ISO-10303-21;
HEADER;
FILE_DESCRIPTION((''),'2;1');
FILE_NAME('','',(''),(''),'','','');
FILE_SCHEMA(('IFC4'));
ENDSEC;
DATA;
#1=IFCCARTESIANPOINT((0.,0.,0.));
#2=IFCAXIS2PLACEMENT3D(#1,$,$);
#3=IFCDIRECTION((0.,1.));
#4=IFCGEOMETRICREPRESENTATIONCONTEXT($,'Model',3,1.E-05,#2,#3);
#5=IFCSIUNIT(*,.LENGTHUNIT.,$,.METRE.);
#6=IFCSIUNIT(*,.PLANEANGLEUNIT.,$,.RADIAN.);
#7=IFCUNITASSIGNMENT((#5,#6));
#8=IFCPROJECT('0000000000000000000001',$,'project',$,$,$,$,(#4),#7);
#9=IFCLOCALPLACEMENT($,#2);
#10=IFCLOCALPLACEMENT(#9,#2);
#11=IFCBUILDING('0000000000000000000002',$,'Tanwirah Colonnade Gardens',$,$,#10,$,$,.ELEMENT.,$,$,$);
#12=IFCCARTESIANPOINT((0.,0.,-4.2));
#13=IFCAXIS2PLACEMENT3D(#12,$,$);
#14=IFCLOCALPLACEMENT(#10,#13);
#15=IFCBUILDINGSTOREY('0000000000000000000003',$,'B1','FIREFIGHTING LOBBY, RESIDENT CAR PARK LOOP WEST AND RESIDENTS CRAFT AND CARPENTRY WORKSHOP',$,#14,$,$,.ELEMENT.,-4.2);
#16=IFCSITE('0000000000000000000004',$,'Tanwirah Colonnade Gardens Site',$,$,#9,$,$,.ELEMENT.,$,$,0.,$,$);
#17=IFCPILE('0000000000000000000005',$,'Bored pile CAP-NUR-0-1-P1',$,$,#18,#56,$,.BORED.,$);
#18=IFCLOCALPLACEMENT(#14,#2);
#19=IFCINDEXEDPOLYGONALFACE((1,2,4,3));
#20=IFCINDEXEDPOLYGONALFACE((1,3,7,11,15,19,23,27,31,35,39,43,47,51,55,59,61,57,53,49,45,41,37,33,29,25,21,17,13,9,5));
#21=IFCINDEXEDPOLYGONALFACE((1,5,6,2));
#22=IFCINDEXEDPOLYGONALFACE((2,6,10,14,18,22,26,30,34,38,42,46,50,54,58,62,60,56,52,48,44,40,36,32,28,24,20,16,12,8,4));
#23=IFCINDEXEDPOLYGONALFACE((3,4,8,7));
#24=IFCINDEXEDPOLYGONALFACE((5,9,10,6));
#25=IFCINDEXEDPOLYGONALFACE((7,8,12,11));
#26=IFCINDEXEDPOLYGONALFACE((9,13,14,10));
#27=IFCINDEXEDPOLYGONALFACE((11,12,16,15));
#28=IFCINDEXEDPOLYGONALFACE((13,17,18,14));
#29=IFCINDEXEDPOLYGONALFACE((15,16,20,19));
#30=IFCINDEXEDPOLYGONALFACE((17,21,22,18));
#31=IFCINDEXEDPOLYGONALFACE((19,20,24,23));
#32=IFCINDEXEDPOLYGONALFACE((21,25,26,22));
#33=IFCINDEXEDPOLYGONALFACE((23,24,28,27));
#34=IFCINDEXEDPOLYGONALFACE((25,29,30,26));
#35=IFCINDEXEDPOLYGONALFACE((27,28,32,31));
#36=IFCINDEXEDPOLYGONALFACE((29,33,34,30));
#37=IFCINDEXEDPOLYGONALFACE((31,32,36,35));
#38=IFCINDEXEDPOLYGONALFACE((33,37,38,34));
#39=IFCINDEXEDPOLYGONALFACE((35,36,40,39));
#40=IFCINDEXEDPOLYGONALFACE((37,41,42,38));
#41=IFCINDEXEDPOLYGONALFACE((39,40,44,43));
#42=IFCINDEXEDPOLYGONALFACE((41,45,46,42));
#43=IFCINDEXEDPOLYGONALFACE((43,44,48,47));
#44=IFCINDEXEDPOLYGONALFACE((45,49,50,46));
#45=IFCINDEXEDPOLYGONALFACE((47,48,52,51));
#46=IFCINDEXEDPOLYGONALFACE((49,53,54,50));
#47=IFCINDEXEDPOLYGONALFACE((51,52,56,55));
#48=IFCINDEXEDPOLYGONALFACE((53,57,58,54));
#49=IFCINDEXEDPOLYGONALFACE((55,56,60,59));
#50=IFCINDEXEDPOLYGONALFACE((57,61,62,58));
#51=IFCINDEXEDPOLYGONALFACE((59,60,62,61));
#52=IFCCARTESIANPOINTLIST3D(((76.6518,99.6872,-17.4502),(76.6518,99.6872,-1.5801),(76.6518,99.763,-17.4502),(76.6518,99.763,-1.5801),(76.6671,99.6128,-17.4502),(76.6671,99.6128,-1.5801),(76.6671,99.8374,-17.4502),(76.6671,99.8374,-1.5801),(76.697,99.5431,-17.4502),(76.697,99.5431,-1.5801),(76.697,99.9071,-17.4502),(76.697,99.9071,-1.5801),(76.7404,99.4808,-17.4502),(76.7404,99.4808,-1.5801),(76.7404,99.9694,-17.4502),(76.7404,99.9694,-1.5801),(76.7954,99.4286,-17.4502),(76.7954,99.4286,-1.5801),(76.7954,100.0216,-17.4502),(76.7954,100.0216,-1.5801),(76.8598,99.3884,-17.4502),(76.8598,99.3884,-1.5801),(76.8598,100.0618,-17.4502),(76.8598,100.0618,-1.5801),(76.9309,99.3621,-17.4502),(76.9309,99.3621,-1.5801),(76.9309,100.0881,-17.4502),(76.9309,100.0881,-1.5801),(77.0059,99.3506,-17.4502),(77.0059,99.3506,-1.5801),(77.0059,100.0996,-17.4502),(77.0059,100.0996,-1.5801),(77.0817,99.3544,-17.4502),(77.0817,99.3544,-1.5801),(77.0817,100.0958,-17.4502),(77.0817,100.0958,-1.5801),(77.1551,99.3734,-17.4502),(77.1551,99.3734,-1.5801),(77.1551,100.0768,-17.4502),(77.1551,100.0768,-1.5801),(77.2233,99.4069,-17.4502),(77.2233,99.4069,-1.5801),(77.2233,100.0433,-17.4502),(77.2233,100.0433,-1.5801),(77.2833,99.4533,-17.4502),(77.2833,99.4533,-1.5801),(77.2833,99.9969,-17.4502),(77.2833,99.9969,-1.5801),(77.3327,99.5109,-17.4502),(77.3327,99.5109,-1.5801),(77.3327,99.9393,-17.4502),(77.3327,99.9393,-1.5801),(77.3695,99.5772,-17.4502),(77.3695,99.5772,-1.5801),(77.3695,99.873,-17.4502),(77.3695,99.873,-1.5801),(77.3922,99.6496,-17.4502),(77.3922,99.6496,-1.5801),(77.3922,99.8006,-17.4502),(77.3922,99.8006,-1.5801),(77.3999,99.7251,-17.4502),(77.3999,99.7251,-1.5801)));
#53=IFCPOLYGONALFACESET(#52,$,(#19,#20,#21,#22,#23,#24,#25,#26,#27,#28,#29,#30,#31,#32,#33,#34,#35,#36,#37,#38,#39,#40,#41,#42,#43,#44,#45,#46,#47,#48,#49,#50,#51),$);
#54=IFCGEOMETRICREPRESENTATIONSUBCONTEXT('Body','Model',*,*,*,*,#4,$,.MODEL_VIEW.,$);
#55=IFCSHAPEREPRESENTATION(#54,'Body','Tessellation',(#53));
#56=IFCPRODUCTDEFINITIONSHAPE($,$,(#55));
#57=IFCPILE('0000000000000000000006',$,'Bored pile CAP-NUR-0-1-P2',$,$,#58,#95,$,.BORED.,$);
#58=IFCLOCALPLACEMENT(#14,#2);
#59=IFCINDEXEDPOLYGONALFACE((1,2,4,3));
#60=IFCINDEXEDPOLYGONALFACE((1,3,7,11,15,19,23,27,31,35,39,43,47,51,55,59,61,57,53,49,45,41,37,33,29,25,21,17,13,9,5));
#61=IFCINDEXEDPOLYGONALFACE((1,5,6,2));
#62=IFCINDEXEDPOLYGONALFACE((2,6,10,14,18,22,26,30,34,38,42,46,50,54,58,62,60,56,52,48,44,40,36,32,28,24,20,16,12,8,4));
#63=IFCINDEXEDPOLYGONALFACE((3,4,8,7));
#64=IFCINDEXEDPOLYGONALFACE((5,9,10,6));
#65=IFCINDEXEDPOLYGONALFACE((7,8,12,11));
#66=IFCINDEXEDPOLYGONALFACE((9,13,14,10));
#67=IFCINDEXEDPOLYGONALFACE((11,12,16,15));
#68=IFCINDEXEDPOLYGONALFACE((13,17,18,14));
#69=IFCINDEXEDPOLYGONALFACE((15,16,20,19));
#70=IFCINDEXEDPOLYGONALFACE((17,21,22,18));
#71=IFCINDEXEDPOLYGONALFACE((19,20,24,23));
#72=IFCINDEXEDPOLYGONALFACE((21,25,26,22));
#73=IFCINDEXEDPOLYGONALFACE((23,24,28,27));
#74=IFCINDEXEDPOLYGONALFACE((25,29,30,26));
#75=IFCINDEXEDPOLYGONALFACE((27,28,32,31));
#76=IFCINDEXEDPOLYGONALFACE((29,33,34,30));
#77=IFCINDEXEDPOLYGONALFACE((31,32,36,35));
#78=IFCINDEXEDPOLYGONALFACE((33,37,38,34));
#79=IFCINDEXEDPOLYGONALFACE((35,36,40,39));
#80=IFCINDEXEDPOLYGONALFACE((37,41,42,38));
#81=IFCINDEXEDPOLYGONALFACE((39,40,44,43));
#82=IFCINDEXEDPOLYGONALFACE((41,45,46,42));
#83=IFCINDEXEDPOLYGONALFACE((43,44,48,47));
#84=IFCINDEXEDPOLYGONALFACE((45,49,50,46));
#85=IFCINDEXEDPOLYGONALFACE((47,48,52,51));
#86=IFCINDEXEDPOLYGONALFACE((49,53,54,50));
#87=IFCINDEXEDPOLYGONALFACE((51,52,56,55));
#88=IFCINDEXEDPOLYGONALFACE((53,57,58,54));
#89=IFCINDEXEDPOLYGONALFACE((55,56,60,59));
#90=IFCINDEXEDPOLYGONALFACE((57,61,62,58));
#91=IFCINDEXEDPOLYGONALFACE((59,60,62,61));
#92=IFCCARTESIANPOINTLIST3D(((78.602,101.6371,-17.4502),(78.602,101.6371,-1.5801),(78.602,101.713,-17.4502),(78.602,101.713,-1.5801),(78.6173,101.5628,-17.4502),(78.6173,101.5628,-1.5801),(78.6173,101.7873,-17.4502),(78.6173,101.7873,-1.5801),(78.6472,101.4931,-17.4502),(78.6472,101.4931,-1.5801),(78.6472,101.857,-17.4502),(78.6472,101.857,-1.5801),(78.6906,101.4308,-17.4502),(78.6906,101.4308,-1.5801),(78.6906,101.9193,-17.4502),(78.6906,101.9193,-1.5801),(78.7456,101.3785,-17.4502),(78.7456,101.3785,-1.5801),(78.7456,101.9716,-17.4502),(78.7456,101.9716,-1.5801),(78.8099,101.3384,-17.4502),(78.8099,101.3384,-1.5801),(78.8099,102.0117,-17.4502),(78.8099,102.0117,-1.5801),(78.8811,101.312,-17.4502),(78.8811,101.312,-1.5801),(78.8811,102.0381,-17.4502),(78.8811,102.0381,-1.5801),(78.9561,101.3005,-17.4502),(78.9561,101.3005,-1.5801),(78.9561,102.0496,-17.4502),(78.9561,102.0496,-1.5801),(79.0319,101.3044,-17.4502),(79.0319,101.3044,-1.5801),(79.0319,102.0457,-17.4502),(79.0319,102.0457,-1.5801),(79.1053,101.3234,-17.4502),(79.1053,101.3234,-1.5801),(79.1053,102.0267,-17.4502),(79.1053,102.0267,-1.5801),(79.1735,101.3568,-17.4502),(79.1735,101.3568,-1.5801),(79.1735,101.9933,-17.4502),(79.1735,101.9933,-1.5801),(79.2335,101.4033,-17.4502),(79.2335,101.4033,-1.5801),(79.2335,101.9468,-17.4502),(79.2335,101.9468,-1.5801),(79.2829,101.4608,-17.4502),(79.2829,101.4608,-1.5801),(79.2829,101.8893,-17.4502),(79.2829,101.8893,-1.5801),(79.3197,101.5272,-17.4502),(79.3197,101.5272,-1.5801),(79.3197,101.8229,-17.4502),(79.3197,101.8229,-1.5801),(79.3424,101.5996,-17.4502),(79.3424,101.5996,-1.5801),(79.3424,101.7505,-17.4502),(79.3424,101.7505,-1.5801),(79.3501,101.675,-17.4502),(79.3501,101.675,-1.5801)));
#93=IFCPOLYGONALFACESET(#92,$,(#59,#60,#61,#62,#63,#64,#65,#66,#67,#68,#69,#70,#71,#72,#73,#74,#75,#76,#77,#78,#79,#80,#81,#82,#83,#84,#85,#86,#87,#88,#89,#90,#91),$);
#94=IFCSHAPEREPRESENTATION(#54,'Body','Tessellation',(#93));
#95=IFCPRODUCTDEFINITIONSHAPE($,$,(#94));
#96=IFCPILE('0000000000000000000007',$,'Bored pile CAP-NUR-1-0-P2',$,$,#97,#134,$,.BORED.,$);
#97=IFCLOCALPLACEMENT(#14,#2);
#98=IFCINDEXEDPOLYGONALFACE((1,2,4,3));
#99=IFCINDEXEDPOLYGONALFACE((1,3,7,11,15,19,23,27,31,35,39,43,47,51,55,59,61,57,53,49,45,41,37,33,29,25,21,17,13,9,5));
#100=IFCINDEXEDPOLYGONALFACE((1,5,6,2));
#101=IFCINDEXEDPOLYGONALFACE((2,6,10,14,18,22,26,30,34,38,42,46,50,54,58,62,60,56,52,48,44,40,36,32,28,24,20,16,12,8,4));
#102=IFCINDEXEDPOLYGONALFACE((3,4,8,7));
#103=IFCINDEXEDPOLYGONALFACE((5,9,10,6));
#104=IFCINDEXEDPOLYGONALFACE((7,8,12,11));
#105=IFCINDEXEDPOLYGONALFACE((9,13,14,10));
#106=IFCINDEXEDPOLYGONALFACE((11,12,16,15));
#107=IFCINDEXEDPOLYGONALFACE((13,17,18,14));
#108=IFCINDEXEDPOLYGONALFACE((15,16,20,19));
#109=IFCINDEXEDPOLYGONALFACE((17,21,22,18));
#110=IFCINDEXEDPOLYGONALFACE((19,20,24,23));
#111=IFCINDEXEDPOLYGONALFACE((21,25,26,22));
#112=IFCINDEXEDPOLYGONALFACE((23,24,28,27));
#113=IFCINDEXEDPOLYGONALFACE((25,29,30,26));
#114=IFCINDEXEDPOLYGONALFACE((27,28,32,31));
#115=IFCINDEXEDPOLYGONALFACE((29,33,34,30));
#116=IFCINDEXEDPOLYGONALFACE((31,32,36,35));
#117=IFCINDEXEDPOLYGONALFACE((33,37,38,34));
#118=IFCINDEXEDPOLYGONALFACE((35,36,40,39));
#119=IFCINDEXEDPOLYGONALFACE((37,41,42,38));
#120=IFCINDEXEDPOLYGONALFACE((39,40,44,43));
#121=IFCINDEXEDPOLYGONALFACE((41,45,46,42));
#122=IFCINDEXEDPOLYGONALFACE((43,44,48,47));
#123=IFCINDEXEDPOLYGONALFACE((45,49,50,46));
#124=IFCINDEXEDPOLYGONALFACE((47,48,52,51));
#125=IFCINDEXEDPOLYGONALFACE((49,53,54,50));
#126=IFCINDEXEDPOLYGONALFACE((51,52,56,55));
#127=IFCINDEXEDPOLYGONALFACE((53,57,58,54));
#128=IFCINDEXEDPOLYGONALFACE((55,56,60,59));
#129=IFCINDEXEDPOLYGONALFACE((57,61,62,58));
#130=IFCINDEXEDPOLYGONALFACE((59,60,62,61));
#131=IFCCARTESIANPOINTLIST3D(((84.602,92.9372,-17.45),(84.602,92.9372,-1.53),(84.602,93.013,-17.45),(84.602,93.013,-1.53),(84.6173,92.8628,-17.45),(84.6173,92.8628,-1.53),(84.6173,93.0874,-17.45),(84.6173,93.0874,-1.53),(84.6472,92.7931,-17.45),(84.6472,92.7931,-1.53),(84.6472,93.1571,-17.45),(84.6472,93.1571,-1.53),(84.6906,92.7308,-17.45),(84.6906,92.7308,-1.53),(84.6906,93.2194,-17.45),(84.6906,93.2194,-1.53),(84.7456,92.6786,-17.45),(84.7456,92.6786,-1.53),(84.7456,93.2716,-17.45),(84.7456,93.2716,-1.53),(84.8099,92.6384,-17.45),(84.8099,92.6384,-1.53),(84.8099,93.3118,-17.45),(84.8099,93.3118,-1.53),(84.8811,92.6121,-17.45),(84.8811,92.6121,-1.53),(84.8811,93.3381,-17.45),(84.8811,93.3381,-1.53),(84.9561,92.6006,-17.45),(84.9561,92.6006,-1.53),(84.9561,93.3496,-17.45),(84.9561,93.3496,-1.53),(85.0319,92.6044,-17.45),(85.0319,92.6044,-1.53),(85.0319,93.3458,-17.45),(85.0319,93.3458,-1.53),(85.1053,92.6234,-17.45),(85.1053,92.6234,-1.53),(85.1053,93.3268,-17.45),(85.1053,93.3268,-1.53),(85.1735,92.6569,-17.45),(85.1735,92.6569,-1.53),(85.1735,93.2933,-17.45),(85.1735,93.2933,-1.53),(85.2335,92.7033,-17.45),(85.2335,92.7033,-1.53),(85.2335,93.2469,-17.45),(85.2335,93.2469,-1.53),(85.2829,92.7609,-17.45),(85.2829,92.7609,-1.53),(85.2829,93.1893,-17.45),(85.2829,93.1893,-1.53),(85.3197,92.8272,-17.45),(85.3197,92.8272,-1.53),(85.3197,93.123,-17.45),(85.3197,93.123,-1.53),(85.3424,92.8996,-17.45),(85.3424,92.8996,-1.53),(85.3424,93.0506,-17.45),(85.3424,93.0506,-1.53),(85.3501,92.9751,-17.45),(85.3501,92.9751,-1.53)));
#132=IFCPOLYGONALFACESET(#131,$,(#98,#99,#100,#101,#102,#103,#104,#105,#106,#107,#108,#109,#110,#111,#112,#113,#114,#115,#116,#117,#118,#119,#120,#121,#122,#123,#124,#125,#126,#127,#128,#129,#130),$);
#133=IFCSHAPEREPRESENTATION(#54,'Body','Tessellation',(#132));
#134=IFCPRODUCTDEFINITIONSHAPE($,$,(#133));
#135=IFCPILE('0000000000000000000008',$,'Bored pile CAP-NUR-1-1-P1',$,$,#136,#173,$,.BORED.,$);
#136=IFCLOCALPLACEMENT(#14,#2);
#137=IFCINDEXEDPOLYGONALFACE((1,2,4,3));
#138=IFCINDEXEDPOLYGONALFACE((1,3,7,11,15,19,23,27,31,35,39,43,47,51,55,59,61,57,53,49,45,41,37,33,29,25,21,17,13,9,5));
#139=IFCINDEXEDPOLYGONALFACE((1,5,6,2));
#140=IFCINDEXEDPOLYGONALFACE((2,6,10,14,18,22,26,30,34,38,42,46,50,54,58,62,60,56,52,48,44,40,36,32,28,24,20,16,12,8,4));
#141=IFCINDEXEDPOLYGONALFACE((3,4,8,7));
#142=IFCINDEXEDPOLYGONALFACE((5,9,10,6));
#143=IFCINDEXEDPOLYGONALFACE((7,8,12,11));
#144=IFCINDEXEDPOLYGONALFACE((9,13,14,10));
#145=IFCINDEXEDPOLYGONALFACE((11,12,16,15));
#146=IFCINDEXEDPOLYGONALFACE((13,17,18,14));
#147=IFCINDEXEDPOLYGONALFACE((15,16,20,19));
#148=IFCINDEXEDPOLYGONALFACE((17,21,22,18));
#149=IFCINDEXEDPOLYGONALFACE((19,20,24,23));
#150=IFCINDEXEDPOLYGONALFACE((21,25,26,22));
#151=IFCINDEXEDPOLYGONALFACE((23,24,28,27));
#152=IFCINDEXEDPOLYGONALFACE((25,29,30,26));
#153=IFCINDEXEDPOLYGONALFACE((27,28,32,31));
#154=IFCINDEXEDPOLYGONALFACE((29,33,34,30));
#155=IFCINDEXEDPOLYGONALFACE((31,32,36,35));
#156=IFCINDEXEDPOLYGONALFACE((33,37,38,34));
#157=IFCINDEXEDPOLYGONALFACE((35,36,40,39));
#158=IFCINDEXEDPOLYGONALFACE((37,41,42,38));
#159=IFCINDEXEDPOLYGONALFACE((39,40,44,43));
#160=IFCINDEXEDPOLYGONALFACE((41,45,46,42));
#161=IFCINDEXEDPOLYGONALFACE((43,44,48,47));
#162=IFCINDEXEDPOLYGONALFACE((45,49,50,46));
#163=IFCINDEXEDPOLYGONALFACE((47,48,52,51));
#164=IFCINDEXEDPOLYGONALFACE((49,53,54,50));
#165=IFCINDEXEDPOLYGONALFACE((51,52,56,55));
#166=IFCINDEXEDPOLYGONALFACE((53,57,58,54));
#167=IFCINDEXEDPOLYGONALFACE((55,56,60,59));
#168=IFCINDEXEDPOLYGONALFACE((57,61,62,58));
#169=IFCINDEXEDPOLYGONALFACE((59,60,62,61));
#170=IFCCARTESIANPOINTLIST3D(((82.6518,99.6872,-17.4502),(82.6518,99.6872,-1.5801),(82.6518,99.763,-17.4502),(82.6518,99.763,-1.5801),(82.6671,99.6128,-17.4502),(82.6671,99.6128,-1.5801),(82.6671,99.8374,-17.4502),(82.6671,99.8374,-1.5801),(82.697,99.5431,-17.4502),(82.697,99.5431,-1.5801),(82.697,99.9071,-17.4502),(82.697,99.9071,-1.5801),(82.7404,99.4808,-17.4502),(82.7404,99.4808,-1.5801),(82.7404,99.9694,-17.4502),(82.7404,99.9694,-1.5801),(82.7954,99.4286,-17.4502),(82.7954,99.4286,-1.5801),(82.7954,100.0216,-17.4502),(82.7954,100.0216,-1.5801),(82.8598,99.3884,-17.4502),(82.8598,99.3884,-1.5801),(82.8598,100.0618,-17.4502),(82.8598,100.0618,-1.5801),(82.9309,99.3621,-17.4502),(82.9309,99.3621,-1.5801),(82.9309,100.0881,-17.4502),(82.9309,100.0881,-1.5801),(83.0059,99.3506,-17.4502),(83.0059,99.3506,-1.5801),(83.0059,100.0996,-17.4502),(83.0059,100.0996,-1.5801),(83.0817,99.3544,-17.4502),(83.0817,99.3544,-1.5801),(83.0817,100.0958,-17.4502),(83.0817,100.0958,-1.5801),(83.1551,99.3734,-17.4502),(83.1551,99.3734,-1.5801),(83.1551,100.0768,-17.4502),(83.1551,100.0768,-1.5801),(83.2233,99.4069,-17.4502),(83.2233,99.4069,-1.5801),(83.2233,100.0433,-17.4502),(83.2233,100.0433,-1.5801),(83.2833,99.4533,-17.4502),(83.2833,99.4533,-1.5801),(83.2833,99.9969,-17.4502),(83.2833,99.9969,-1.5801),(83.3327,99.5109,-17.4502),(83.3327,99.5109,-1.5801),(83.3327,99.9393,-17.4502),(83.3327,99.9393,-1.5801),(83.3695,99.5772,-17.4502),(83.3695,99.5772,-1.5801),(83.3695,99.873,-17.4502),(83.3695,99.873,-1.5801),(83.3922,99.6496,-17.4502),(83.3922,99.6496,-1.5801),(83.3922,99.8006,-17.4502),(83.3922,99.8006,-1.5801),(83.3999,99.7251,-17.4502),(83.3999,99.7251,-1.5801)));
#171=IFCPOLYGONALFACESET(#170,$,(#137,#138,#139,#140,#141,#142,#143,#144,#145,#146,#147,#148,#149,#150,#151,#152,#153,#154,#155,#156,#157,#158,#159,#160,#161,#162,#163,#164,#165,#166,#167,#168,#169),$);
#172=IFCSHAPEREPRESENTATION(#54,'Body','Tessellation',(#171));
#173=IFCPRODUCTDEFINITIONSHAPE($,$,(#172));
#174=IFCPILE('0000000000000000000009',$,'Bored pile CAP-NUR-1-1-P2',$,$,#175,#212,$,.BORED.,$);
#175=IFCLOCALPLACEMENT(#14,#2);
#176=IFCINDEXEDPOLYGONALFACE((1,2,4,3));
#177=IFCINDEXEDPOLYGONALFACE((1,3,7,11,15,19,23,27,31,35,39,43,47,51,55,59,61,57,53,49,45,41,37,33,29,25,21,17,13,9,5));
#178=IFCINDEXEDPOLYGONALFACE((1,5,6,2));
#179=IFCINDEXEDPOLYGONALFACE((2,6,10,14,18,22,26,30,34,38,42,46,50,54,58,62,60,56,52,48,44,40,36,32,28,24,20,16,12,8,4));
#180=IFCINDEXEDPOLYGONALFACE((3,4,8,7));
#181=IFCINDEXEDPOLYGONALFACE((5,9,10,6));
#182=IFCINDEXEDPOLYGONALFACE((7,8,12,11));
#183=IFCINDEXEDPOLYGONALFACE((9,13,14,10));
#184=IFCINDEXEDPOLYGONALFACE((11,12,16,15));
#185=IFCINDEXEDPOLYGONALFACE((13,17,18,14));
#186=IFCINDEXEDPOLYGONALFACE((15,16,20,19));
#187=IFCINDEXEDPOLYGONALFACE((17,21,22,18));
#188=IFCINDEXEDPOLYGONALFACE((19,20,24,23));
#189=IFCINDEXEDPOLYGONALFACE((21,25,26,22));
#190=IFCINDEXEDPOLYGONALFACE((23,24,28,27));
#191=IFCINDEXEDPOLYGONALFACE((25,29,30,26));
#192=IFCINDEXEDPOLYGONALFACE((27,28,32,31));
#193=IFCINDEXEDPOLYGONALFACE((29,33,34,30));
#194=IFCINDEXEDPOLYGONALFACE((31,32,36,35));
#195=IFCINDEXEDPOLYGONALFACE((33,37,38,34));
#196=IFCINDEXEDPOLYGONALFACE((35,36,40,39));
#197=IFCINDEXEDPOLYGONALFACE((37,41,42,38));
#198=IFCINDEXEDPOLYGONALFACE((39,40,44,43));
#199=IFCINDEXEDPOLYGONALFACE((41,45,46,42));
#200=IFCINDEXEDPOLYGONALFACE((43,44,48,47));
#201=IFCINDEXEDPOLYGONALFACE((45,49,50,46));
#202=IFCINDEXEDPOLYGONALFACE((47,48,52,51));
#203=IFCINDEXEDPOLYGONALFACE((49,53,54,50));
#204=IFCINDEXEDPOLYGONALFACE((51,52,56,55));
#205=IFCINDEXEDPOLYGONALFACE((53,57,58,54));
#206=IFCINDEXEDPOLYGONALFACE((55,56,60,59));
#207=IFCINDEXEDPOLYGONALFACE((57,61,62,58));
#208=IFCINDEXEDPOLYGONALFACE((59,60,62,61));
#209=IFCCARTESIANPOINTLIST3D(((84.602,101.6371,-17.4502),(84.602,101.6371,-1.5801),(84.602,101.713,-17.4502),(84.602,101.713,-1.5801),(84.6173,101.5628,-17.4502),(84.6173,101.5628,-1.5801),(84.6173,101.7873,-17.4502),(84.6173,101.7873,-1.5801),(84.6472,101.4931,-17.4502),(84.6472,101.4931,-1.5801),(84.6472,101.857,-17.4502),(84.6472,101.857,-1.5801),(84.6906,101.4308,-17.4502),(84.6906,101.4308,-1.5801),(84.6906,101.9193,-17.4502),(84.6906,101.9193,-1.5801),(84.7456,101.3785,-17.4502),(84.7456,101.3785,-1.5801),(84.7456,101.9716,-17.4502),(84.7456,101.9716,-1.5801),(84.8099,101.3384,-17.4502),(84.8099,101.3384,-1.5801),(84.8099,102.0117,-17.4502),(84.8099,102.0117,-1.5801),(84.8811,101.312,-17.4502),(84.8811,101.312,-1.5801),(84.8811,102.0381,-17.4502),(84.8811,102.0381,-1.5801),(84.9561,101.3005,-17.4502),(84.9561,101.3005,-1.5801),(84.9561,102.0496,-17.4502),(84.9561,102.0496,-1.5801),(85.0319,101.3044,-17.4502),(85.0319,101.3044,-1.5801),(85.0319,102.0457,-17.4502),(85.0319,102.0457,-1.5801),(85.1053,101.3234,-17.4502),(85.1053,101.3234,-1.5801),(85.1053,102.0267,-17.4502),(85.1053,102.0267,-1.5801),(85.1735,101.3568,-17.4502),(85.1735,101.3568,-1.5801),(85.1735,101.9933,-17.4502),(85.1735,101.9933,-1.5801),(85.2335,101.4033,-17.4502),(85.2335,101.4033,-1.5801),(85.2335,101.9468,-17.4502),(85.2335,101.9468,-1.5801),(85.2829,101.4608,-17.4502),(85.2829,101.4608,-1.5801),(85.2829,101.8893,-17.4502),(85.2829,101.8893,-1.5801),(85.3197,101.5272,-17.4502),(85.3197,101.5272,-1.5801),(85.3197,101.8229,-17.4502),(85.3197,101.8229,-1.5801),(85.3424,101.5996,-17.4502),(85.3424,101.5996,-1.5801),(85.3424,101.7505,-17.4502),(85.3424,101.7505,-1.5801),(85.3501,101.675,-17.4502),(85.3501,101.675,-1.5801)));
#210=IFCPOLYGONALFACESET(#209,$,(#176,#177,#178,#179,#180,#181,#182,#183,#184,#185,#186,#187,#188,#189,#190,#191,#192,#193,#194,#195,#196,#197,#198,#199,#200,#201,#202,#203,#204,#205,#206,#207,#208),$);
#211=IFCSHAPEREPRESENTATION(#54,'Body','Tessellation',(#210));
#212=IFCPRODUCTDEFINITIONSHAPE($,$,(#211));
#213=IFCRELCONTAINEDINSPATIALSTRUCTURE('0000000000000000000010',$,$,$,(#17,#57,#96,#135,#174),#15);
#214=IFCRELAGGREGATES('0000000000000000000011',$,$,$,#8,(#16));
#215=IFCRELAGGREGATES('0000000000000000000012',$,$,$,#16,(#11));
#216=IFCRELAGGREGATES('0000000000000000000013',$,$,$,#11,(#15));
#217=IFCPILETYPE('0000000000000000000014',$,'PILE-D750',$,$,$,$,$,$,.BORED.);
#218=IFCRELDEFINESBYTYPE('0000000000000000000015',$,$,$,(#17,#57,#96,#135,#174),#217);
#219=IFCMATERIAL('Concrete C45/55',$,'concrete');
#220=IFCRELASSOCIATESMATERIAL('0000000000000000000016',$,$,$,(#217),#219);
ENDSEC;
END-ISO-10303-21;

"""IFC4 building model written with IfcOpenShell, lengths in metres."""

from ifc_helpers import new_model, si_unit, direction, frame, origin, origin_2d, place, context, subcontext, project, spatial, circle, extrude, material, material_profile, profile_set, type_object, element, save


model = new_model("IFC4")

# Units and contexts
model_context = context("Model", 3, precision=1e-05, world=origin(), true_north=direction((0.0, 1.0)))
body_context = subcontext(model_context, "Body", "Model", "MODEL_VIEW")
ifc_project = project(units=[si_unit("LENGTHUNIT", "METRE"), si_unit("PLANEANGLEUNIT", "RADIAN")], contexts=[model_context])

# Site, building, storey
site_placement = place(None, origin())
site = spatial("IfcSite", under=ifc_project, at=site_placement, Name="Tanwirah Colonnade Gardens Site", CompositionType="ELEMENT", RefElevation=0.0)
building_placement = place(site_placement, origin())
building = spatial("IfcBuilding", under=site, at=building_placement, Name="Tanwirah Colonnade Gardens", CompositionType="ELEMENT")
storey_placement = place(building_placement, frame((0.0, 0.0, -4.2)))
storey = spatial("IfcBuildingStorey", under=building, at=storey_placement, Name="B1", Description="FIREFIGHTING LOBBY, RESIDENT CAR PARK LOOP WEST AND RESIDENTS CRAFT AND CARPENTRY WORKSHOP", CompositionType="ELEMENT", Elevation=-4.2)

# Shared definitions
ifc_material = material(Name="Concrete C45/55", Category="concrete")

# Piles
ifc_material_profile_1 = material_profile(ifc_material, circle(Radius=0.375, at=origin_2d()), Name="PILE D750")
ifc_profile_set_1 = profile_set([ifc_material_profile_1], Name="Concrete C45/55")
pile_type_1 = type_object("IfcPileType", Name="PILE-D750", PredefinedType="BORED", material=ifc_profile_set_1)
for number, where, z_axis, x_axis, name in (
    (1, (77.0249, 99.7251, -1.5801), (0.0, 0.0, -1.0), (1.0, 0.0, 0.0), "Bored pile CAP-NUR-0-1-P1"),
    (2, (78.9751, 101.675, -1.5801), (0.0, 0.0, -1.0), (1.0, 0.0, 0.0), "Bored pile CAP-NUR-0-1-P2"),
):
    element("IfcPile", number, at=place(storey_placement, frame(where, z_axis=z_axis, x_axis=x_axis)), inside=storey, type_object=pile_type_1, Name=name, PredefinedType="BORED", context=body_context, shape_type="SweptSolid", body=[
        extrude(circle(Radius=0.375, at=origin_2d()), origin(), (0.0, 0.0, 1.0), 15.8701),
    ])
pile_1_placement = place(storey_placement, frame((84.9751, 92.9751, -1.53), z_axis=(0.0, 0.0, -1.0), x_axis=(1.0, 0.0, 0.0)))
element("IfcPile", 3, at=pile_1_placement, inside=storey, type_object=pile_type_1, Name="Bored pile CAP-NUR-1-0-P2", PredefinedType="BORED", context=body_context, shape_type="SweptSolid", body=[
    extrude(circle(Radius=0.375, at=origin_2d()), origin(), (0.0, 0.0, 1.0), 15.9199),
])
for number, where, z_axis, x_axis, name in (
    (4, (83.0249, 99.7251, -1.5801), (0.0, 0.0, -1.0), (1.0, 0.0, 0.0), "Bored pile CAP-NUR-1-1-P1"),
    (5, (84.9751, 101.675, -1.5801), (0.0, 0.0, -1.0), (1.0, 0.0, 0.0), "Bored pile CAP-NUR-1-1-P2"),
):
    element("IfcPile", number, at=place(storey_placement, frame(where, z_axis=z_axis, x_axis=x_axis)), inside=storey, type_object=pile_type_1, Name=name, PredefinedType="BORED", context=body_context, shape_type="SweptSolid", body=[
        extrude(circle(Radius=0.375, at=origin_2d()), origin(), (0.0, 0.0, 1.0), 15.8701),
    ])

save(model, "model.ifc")
